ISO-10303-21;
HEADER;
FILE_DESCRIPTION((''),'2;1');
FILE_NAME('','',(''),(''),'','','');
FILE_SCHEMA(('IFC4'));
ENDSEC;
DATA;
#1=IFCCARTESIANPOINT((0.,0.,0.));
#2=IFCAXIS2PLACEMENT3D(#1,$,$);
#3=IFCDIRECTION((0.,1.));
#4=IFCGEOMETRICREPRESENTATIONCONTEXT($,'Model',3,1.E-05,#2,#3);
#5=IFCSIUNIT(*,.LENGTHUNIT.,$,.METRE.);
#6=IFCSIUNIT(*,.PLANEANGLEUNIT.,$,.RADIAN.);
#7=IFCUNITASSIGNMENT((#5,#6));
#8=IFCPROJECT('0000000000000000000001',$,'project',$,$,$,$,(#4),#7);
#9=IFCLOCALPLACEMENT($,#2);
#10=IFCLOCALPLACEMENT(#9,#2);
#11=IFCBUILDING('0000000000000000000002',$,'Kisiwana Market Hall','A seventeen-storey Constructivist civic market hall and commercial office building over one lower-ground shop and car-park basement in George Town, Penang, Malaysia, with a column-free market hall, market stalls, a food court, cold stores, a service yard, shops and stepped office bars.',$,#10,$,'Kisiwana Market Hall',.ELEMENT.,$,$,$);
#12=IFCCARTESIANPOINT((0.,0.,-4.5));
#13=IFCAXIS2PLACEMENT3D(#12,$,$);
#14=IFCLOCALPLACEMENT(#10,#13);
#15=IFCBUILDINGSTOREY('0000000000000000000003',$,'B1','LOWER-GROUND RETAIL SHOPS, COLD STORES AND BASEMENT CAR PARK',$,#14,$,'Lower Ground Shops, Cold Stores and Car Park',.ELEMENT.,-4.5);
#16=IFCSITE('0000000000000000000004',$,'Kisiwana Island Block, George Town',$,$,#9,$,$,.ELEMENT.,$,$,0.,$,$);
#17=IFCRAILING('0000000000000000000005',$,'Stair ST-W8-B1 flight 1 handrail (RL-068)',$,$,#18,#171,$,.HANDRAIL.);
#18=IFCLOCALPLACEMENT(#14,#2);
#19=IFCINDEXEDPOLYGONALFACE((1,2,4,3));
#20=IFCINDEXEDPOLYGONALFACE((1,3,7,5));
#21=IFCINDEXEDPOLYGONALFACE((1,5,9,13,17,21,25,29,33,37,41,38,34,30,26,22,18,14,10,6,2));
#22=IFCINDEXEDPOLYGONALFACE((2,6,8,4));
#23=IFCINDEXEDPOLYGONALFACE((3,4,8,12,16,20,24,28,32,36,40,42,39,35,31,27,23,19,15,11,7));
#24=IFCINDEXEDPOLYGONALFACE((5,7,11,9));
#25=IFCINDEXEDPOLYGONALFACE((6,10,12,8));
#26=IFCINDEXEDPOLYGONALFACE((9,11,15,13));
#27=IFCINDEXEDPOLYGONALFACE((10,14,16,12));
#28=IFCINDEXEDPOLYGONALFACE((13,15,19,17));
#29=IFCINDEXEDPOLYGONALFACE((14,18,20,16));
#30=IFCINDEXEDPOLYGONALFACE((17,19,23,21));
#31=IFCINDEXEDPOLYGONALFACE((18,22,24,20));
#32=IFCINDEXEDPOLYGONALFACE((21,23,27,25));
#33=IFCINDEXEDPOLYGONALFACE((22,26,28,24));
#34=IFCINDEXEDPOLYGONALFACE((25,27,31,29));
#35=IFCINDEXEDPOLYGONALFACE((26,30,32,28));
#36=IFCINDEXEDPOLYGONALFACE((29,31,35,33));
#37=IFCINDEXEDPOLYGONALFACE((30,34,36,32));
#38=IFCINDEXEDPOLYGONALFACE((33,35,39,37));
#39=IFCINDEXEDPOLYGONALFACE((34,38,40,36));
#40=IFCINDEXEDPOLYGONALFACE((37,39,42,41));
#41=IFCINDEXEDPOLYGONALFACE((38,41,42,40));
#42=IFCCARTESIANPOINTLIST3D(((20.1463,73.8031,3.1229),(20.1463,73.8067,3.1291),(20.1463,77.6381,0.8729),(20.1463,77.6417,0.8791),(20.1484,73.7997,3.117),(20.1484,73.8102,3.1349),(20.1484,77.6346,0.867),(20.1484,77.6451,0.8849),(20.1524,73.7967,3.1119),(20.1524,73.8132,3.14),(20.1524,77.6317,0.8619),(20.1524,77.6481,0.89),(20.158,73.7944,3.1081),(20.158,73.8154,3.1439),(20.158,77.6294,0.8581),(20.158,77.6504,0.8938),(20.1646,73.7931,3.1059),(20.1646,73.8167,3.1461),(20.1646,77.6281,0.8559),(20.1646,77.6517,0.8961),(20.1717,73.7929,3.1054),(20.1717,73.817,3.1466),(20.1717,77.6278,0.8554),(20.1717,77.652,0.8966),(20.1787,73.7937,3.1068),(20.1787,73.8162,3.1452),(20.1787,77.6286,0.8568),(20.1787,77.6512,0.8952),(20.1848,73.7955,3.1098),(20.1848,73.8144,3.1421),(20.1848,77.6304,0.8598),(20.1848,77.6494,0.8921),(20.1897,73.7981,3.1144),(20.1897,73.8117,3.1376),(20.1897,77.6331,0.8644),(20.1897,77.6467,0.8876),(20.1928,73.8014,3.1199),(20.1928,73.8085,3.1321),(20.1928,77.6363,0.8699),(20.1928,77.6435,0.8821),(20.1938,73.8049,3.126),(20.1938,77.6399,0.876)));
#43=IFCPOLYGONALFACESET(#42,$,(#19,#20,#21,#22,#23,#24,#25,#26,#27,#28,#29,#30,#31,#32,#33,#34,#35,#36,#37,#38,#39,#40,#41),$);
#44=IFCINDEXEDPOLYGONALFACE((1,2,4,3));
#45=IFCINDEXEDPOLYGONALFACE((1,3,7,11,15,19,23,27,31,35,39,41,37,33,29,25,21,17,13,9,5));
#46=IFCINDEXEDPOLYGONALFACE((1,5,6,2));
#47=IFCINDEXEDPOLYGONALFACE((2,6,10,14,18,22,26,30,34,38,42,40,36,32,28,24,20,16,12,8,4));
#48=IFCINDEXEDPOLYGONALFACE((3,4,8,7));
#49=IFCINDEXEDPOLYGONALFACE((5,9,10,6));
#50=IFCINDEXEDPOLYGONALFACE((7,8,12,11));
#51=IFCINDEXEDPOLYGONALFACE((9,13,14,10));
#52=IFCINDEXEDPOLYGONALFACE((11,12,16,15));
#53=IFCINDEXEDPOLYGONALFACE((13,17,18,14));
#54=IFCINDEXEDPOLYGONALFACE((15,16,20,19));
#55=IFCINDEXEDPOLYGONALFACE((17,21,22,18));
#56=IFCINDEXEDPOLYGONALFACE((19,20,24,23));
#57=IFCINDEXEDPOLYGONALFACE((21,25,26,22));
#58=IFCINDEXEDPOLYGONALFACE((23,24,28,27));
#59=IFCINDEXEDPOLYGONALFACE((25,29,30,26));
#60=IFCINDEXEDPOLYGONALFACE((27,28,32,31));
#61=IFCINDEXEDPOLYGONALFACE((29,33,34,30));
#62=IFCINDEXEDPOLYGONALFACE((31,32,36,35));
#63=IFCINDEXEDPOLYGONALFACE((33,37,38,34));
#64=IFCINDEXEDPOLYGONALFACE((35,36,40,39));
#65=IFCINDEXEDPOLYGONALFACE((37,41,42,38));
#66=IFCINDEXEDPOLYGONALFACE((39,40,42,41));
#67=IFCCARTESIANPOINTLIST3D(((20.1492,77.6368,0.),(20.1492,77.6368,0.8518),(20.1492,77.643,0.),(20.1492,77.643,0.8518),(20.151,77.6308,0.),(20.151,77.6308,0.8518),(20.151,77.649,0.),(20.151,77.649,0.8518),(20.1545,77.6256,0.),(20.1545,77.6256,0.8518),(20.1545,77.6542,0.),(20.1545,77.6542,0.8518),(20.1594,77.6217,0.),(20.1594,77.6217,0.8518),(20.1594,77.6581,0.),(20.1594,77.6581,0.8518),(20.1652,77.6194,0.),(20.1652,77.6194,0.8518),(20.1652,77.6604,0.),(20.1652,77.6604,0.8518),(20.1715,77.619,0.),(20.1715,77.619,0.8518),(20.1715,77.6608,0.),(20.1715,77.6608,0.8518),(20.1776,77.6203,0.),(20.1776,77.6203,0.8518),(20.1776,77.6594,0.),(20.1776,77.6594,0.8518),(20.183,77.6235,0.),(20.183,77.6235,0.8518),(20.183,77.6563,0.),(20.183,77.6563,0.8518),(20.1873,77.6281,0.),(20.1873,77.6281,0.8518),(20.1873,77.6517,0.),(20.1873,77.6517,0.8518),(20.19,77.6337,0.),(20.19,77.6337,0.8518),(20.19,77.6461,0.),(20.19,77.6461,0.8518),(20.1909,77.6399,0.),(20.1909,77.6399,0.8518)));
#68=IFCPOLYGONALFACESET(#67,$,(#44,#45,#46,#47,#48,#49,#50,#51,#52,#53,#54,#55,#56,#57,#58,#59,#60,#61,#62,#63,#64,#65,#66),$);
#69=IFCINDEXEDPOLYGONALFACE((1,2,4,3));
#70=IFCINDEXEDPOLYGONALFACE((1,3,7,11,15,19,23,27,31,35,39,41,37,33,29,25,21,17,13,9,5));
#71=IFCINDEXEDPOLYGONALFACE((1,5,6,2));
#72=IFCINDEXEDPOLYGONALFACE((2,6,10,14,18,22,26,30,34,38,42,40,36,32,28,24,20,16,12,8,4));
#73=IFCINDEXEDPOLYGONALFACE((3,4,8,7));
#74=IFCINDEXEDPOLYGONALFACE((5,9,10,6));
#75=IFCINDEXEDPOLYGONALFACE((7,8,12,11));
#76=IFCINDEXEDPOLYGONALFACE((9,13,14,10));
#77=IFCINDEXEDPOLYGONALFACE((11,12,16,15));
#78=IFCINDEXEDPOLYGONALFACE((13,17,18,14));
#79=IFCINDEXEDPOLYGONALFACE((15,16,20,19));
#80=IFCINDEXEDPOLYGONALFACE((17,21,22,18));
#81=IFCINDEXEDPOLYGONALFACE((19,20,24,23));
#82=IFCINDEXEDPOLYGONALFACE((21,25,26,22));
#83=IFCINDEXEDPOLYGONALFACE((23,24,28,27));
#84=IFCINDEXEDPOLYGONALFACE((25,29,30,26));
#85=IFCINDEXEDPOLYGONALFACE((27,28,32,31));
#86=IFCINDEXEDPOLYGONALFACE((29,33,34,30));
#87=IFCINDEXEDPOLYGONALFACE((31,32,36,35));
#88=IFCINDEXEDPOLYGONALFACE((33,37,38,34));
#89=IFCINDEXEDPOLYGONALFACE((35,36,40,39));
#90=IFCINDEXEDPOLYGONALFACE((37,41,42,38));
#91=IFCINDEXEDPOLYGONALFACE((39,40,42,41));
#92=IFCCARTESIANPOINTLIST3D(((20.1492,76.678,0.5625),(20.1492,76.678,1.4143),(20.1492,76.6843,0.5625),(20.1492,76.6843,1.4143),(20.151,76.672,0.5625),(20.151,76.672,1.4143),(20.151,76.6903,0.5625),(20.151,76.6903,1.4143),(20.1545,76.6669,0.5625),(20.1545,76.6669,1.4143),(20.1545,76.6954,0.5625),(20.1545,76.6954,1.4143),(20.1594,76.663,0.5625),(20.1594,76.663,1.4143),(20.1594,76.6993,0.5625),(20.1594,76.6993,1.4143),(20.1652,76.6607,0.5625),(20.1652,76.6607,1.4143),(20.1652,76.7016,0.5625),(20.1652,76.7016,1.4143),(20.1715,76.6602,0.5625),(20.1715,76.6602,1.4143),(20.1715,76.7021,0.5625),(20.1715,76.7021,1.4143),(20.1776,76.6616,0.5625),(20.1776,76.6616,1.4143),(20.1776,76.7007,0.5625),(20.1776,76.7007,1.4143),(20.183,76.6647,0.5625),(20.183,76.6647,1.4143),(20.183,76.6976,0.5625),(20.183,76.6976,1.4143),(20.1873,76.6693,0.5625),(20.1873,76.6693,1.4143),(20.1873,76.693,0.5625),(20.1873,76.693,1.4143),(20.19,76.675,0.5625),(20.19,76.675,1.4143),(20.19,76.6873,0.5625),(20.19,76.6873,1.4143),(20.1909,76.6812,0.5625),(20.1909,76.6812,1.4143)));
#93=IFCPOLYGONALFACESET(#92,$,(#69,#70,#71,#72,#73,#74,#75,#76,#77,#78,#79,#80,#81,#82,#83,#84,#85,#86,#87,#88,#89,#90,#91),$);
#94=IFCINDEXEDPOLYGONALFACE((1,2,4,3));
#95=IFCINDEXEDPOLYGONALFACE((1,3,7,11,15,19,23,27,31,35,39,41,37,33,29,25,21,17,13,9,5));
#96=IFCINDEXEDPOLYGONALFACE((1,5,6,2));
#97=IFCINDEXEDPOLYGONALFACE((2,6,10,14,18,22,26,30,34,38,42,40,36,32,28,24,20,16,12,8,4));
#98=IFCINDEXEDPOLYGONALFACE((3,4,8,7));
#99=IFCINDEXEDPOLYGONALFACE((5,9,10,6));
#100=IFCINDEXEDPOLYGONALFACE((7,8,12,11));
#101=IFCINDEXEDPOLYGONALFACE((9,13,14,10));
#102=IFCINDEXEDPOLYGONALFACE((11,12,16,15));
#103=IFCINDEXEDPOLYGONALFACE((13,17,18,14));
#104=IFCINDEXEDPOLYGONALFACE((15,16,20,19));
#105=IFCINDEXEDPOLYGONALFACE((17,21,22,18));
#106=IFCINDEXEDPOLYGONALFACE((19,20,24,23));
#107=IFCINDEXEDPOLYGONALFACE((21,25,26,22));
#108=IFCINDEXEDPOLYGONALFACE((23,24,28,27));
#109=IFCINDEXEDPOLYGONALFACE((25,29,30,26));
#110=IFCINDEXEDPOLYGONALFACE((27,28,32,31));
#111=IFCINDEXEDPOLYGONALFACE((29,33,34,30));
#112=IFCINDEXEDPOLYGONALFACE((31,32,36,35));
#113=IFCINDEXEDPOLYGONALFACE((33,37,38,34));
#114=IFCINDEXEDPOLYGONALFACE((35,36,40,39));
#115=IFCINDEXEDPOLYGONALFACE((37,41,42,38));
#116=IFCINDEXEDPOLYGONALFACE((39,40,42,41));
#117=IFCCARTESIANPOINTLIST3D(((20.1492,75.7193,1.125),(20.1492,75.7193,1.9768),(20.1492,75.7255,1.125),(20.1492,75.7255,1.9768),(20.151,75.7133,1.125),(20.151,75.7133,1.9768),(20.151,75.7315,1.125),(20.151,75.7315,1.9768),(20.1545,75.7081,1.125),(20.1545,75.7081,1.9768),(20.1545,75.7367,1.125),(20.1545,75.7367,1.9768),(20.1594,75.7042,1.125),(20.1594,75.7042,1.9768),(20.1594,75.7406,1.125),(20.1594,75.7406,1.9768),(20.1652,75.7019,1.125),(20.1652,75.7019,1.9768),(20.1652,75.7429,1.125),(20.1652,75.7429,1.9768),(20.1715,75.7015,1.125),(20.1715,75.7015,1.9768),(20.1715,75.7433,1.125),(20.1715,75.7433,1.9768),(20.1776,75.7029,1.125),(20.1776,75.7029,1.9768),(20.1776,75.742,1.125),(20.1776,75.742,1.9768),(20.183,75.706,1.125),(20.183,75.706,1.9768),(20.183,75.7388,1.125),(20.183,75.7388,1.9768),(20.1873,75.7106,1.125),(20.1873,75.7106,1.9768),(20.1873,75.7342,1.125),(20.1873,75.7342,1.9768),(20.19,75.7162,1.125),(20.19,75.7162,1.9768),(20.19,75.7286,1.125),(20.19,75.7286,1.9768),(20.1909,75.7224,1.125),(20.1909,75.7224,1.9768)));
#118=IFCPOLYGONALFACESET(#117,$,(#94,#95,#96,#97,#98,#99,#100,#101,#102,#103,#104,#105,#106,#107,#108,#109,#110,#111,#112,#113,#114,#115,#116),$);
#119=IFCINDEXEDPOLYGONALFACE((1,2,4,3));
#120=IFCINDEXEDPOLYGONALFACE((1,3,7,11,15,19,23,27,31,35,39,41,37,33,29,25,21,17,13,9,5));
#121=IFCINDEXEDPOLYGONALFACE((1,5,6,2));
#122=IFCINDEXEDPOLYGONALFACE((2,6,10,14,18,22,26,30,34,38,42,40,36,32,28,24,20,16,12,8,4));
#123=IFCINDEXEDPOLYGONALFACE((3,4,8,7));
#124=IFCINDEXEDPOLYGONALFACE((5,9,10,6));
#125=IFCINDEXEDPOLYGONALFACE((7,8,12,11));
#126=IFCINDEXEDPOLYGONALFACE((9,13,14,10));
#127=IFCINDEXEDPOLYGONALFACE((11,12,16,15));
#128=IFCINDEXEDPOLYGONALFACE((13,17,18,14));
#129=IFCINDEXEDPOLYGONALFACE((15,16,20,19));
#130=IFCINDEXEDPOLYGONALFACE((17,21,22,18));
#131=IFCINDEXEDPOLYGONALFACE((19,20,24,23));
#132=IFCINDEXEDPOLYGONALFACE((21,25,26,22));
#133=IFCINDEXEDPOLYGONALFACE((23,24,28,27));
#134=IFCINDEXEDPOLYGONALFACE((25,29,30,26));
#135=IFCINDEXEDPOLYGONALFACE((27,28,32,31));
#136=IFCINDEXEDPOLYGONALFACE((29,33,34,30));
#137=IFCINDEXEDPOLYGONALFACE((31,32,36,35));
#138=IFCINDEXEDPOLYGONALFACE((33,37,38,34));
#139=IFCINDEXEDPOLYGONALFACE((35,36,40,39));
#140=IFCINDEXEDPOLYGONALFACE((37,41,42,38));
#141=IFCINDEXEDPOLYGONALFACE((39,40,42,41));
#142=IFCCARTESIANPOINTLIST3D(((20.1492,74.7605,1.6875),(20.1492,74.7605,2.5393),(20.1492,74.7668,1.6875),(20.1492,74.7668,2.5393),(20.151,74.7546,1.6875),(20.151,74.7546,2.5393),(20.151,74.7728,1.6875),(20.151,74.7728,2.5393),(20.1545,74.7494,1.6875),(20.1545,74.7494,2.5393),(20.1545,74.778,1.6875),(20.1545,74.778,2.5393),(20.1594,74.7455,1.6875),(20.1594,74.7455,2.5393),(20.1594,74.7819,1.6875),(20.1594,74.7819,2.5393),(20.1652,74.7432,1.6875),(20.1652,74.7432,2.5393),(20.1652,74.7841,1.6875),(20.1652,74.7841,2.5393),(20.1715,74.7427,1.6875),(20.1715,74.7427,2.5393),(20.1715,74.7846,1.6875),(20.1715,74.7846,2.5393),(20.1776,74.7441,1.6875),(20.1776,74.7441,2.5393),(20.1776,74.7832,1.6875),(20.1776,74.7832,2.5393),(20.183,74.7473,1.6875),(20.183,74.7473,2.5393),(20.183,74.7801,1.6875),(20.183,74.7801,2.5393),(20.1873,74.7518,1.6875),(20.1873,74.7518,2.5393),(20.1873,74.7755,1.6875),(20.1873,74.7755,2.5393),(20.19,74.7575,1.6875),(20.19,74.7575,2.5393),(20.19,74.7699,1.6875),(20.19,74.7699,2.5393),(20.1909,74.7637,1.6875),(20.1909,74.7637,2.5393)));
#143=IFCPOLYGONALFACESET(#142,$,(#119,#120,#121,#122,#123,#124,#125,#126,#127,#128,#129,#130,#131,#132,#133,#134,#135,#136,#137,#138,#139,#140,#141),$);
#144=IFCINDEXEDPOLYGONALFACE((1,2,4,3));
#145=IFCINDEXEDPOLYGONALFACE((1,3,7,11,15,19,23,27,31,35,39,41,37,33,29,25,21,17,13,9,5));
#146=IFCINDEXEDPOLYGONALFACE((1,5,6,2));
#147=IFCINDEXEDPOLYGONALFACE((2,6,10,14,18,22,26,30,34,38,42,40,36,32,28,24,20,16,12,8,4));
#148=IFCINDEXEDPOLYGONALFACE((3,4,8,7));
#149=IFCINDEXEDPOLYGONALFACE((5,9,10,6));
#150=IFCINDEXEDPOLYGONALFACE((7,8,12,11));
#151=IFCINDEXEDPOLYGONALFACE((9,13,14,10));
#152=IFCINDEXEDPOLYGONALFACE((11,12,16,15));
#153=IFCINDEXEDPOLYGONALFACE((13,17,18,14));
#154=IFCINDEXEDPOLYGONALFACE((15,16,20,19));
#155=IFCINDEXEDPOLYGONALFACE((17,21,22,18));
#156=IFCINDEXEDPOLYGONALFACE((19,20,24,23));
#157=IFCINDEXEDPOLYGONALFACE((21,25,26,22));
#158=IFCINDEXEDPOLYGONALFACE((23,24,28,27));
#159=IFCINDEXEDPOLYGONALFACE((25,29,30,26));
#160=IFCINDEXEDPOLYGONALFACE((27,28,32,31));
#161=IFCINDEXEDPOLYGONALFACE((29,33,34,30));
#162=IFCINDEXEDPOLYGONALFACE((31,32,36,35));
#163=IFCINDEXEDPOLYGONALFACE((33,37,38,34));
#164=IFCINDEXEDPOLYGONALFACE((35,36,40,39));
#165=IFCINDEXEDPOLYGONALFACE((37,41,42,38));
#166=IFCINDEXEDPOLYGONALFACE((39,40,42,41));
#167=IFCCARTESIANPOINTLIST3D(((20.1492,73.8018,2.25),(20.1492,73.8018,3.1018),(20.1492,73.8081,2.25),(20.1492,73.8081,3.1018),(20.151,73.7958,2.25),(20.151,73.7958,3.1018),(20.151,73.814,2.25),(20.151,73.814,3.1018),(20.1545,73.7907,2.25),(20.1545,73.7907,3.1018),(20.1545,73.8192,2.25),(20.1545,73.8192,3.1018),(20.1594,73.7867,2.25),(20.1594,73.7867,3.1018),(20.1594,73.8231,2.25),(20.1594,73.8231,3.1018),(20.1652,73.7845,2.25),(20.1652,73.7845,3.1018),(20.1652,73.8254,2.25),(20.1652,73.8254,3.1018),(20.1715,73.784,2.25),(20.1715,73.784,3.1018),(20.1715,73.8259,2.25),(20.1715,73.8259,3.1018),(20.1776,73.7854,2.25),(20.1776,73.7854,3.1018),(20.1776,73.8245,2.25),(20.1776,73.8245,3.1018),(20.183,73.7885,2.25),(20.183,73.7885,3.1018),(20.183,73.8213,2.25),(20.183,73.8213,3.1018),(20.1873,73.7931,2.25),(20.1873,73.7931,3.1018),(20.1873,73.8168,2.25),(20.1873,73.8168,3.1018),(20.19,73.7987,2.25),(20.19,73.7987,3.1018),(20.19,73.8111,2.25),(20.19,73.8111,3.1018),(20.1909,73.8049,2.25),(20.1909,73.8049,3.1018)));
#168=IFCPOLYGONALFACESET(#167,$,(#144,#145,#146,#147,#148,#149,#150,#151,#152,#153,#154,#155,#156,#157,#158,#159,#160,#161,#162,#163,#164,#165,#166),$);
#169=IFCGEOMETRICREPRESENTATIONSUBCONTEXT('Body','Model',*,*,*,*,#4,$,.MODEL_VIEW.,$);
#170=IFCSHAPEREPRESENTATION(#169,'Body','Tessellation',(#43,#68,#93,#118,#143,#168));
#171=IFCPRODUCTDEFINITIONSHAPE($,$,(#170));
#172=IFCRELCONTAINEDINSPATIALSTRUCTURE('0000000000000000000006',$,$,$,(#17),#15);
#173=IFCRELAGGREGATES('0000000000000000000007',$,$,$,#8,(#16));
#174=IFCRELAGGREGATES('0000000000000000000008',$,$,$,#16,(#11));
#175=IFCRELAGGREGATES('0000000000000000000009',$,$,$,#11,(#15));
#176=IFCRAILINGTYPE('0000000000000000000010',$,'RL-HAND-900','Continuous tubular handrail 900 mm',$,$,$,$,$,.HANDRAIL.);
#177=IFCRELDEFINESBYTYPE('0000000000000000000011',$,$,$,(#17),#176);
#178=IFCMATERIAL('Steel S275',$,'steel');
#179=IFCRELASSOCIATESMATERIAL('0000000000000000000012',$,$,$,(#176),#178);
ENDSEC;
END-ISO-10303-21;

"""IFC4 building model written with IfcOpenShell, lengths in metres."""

from ifc_helpers import new_model, si_unit, direction, frame, origin, origin_2d, place, context, subcontext, project, spatial, circle, extrude, material, type_object, element, save


model = new_model("IFC4")

# Units and contexts
model_context = context("Model", 3, precision=1e-05, world=origin(), true_north=direction((0.0, 1.0)))
body_context = subcontext(model_context, "Body", "Model", "MODEL_VIEW")
ifc_project = project(units=[si_unit("LENGTHUNIT", "METRE"), si_unit("PLANEANGLEUNIT", "RADIAN")], contexts=[model_context])

# Site, building, storey
site_placement = place(None, origin())
site = spatial("IfcSite", under=ifc_project, at=site_placement, Name="Kisiwana Island Block, George Town", CompositionType="ELEMENT", RefElevation=0.0)
building_placement = place(site_placement, origin())
building = spatial("IfcBuilding", under=site, at=building_placement, Name="Kisiwana Market Hall", Description="A seventeen-storey Constructivist civic market hall and commercial office building over one lower-ground shop and car-park basement in George Town, Penang, Malaysia, with a column-free market hall, market stalls, a food court, cold stores, a service yard, shops and stepped office bars.", LongName="Kisiwana Market Hall", CompositionType="ELEMENT")
storey_placement = place(building_placement, frame((0.0, 0.0, -4.5)))
storey = spatial("IfcBuildingStorey", under=building, at=storey_placement, Name="B1", Description="LOWER-GROUND RETAIL SHOPS, COLD STORES AND BASEMENT CAR PARK", LongName="Lower Ground Shops, Cold Stores and Car Park", CompositionType="ELEMENT", Elevation=-4.5)

# Railing
ifc_material_1 = material(Name="Steel S275", Category="steel")
railing_type_1 = type_object("IfcRailingType", Name="RL-HAND-900", Description="Continuous tubular handrail 900 mm", PredefinedType="HANDRAIL", material=ifc_material_1)
railing_1_placement = place(storey_placement, frame((20.1699, 77.6399, 0.0)))
element("IfcRailing", 1, at=railing_1_placement, inside=storey, type_object=railing_type_1, Name="Stair ST-W8-B1 flight 1 handrail (RL-068)", PredefinedType="HANDRAIL", context=body_context, shape_type="SweptSolid", body=[
    extrude(circle(Radius=0.0239, at=origin_2d()), frame((0.0, 0.0, 0.876), z_axis=(0.0, -0.86251, 0.506041), x_axis=(1.0, 0.0, 0.0)), (0.0, 0.0, 1.0), 4.4463),
    extrude(circle(Radius=0.021, at=origin_2d()), origin(), (0.0, 0.0, 1.0), 0.8518),
    extrude(circle(Radius=0.021, at=origin_2d()), frame((0.0, -0.9587, 0.5625)), (0.0, 0.0, 1.0), 0.8518),
    extrude(circle(Radius=0.021, at=origin_2d()), frame((0.0, -1.9175, 1.125)), (0.0, 0.0, 1.0), 0.8518),
    extrude(circle(Radius=0.021, at=origin_2d()), frame((0.0, -2.8762, 1.6875)), (0.0, 0.0, 1.0), 0.8518),
    extrude(circle(Radius=0.021, at=origin_2d()), frame((0.0, -3.835, 2.25)), (0.0, 0.0, 1.0), 0.8518),
])

save(model, "model.ifc")
